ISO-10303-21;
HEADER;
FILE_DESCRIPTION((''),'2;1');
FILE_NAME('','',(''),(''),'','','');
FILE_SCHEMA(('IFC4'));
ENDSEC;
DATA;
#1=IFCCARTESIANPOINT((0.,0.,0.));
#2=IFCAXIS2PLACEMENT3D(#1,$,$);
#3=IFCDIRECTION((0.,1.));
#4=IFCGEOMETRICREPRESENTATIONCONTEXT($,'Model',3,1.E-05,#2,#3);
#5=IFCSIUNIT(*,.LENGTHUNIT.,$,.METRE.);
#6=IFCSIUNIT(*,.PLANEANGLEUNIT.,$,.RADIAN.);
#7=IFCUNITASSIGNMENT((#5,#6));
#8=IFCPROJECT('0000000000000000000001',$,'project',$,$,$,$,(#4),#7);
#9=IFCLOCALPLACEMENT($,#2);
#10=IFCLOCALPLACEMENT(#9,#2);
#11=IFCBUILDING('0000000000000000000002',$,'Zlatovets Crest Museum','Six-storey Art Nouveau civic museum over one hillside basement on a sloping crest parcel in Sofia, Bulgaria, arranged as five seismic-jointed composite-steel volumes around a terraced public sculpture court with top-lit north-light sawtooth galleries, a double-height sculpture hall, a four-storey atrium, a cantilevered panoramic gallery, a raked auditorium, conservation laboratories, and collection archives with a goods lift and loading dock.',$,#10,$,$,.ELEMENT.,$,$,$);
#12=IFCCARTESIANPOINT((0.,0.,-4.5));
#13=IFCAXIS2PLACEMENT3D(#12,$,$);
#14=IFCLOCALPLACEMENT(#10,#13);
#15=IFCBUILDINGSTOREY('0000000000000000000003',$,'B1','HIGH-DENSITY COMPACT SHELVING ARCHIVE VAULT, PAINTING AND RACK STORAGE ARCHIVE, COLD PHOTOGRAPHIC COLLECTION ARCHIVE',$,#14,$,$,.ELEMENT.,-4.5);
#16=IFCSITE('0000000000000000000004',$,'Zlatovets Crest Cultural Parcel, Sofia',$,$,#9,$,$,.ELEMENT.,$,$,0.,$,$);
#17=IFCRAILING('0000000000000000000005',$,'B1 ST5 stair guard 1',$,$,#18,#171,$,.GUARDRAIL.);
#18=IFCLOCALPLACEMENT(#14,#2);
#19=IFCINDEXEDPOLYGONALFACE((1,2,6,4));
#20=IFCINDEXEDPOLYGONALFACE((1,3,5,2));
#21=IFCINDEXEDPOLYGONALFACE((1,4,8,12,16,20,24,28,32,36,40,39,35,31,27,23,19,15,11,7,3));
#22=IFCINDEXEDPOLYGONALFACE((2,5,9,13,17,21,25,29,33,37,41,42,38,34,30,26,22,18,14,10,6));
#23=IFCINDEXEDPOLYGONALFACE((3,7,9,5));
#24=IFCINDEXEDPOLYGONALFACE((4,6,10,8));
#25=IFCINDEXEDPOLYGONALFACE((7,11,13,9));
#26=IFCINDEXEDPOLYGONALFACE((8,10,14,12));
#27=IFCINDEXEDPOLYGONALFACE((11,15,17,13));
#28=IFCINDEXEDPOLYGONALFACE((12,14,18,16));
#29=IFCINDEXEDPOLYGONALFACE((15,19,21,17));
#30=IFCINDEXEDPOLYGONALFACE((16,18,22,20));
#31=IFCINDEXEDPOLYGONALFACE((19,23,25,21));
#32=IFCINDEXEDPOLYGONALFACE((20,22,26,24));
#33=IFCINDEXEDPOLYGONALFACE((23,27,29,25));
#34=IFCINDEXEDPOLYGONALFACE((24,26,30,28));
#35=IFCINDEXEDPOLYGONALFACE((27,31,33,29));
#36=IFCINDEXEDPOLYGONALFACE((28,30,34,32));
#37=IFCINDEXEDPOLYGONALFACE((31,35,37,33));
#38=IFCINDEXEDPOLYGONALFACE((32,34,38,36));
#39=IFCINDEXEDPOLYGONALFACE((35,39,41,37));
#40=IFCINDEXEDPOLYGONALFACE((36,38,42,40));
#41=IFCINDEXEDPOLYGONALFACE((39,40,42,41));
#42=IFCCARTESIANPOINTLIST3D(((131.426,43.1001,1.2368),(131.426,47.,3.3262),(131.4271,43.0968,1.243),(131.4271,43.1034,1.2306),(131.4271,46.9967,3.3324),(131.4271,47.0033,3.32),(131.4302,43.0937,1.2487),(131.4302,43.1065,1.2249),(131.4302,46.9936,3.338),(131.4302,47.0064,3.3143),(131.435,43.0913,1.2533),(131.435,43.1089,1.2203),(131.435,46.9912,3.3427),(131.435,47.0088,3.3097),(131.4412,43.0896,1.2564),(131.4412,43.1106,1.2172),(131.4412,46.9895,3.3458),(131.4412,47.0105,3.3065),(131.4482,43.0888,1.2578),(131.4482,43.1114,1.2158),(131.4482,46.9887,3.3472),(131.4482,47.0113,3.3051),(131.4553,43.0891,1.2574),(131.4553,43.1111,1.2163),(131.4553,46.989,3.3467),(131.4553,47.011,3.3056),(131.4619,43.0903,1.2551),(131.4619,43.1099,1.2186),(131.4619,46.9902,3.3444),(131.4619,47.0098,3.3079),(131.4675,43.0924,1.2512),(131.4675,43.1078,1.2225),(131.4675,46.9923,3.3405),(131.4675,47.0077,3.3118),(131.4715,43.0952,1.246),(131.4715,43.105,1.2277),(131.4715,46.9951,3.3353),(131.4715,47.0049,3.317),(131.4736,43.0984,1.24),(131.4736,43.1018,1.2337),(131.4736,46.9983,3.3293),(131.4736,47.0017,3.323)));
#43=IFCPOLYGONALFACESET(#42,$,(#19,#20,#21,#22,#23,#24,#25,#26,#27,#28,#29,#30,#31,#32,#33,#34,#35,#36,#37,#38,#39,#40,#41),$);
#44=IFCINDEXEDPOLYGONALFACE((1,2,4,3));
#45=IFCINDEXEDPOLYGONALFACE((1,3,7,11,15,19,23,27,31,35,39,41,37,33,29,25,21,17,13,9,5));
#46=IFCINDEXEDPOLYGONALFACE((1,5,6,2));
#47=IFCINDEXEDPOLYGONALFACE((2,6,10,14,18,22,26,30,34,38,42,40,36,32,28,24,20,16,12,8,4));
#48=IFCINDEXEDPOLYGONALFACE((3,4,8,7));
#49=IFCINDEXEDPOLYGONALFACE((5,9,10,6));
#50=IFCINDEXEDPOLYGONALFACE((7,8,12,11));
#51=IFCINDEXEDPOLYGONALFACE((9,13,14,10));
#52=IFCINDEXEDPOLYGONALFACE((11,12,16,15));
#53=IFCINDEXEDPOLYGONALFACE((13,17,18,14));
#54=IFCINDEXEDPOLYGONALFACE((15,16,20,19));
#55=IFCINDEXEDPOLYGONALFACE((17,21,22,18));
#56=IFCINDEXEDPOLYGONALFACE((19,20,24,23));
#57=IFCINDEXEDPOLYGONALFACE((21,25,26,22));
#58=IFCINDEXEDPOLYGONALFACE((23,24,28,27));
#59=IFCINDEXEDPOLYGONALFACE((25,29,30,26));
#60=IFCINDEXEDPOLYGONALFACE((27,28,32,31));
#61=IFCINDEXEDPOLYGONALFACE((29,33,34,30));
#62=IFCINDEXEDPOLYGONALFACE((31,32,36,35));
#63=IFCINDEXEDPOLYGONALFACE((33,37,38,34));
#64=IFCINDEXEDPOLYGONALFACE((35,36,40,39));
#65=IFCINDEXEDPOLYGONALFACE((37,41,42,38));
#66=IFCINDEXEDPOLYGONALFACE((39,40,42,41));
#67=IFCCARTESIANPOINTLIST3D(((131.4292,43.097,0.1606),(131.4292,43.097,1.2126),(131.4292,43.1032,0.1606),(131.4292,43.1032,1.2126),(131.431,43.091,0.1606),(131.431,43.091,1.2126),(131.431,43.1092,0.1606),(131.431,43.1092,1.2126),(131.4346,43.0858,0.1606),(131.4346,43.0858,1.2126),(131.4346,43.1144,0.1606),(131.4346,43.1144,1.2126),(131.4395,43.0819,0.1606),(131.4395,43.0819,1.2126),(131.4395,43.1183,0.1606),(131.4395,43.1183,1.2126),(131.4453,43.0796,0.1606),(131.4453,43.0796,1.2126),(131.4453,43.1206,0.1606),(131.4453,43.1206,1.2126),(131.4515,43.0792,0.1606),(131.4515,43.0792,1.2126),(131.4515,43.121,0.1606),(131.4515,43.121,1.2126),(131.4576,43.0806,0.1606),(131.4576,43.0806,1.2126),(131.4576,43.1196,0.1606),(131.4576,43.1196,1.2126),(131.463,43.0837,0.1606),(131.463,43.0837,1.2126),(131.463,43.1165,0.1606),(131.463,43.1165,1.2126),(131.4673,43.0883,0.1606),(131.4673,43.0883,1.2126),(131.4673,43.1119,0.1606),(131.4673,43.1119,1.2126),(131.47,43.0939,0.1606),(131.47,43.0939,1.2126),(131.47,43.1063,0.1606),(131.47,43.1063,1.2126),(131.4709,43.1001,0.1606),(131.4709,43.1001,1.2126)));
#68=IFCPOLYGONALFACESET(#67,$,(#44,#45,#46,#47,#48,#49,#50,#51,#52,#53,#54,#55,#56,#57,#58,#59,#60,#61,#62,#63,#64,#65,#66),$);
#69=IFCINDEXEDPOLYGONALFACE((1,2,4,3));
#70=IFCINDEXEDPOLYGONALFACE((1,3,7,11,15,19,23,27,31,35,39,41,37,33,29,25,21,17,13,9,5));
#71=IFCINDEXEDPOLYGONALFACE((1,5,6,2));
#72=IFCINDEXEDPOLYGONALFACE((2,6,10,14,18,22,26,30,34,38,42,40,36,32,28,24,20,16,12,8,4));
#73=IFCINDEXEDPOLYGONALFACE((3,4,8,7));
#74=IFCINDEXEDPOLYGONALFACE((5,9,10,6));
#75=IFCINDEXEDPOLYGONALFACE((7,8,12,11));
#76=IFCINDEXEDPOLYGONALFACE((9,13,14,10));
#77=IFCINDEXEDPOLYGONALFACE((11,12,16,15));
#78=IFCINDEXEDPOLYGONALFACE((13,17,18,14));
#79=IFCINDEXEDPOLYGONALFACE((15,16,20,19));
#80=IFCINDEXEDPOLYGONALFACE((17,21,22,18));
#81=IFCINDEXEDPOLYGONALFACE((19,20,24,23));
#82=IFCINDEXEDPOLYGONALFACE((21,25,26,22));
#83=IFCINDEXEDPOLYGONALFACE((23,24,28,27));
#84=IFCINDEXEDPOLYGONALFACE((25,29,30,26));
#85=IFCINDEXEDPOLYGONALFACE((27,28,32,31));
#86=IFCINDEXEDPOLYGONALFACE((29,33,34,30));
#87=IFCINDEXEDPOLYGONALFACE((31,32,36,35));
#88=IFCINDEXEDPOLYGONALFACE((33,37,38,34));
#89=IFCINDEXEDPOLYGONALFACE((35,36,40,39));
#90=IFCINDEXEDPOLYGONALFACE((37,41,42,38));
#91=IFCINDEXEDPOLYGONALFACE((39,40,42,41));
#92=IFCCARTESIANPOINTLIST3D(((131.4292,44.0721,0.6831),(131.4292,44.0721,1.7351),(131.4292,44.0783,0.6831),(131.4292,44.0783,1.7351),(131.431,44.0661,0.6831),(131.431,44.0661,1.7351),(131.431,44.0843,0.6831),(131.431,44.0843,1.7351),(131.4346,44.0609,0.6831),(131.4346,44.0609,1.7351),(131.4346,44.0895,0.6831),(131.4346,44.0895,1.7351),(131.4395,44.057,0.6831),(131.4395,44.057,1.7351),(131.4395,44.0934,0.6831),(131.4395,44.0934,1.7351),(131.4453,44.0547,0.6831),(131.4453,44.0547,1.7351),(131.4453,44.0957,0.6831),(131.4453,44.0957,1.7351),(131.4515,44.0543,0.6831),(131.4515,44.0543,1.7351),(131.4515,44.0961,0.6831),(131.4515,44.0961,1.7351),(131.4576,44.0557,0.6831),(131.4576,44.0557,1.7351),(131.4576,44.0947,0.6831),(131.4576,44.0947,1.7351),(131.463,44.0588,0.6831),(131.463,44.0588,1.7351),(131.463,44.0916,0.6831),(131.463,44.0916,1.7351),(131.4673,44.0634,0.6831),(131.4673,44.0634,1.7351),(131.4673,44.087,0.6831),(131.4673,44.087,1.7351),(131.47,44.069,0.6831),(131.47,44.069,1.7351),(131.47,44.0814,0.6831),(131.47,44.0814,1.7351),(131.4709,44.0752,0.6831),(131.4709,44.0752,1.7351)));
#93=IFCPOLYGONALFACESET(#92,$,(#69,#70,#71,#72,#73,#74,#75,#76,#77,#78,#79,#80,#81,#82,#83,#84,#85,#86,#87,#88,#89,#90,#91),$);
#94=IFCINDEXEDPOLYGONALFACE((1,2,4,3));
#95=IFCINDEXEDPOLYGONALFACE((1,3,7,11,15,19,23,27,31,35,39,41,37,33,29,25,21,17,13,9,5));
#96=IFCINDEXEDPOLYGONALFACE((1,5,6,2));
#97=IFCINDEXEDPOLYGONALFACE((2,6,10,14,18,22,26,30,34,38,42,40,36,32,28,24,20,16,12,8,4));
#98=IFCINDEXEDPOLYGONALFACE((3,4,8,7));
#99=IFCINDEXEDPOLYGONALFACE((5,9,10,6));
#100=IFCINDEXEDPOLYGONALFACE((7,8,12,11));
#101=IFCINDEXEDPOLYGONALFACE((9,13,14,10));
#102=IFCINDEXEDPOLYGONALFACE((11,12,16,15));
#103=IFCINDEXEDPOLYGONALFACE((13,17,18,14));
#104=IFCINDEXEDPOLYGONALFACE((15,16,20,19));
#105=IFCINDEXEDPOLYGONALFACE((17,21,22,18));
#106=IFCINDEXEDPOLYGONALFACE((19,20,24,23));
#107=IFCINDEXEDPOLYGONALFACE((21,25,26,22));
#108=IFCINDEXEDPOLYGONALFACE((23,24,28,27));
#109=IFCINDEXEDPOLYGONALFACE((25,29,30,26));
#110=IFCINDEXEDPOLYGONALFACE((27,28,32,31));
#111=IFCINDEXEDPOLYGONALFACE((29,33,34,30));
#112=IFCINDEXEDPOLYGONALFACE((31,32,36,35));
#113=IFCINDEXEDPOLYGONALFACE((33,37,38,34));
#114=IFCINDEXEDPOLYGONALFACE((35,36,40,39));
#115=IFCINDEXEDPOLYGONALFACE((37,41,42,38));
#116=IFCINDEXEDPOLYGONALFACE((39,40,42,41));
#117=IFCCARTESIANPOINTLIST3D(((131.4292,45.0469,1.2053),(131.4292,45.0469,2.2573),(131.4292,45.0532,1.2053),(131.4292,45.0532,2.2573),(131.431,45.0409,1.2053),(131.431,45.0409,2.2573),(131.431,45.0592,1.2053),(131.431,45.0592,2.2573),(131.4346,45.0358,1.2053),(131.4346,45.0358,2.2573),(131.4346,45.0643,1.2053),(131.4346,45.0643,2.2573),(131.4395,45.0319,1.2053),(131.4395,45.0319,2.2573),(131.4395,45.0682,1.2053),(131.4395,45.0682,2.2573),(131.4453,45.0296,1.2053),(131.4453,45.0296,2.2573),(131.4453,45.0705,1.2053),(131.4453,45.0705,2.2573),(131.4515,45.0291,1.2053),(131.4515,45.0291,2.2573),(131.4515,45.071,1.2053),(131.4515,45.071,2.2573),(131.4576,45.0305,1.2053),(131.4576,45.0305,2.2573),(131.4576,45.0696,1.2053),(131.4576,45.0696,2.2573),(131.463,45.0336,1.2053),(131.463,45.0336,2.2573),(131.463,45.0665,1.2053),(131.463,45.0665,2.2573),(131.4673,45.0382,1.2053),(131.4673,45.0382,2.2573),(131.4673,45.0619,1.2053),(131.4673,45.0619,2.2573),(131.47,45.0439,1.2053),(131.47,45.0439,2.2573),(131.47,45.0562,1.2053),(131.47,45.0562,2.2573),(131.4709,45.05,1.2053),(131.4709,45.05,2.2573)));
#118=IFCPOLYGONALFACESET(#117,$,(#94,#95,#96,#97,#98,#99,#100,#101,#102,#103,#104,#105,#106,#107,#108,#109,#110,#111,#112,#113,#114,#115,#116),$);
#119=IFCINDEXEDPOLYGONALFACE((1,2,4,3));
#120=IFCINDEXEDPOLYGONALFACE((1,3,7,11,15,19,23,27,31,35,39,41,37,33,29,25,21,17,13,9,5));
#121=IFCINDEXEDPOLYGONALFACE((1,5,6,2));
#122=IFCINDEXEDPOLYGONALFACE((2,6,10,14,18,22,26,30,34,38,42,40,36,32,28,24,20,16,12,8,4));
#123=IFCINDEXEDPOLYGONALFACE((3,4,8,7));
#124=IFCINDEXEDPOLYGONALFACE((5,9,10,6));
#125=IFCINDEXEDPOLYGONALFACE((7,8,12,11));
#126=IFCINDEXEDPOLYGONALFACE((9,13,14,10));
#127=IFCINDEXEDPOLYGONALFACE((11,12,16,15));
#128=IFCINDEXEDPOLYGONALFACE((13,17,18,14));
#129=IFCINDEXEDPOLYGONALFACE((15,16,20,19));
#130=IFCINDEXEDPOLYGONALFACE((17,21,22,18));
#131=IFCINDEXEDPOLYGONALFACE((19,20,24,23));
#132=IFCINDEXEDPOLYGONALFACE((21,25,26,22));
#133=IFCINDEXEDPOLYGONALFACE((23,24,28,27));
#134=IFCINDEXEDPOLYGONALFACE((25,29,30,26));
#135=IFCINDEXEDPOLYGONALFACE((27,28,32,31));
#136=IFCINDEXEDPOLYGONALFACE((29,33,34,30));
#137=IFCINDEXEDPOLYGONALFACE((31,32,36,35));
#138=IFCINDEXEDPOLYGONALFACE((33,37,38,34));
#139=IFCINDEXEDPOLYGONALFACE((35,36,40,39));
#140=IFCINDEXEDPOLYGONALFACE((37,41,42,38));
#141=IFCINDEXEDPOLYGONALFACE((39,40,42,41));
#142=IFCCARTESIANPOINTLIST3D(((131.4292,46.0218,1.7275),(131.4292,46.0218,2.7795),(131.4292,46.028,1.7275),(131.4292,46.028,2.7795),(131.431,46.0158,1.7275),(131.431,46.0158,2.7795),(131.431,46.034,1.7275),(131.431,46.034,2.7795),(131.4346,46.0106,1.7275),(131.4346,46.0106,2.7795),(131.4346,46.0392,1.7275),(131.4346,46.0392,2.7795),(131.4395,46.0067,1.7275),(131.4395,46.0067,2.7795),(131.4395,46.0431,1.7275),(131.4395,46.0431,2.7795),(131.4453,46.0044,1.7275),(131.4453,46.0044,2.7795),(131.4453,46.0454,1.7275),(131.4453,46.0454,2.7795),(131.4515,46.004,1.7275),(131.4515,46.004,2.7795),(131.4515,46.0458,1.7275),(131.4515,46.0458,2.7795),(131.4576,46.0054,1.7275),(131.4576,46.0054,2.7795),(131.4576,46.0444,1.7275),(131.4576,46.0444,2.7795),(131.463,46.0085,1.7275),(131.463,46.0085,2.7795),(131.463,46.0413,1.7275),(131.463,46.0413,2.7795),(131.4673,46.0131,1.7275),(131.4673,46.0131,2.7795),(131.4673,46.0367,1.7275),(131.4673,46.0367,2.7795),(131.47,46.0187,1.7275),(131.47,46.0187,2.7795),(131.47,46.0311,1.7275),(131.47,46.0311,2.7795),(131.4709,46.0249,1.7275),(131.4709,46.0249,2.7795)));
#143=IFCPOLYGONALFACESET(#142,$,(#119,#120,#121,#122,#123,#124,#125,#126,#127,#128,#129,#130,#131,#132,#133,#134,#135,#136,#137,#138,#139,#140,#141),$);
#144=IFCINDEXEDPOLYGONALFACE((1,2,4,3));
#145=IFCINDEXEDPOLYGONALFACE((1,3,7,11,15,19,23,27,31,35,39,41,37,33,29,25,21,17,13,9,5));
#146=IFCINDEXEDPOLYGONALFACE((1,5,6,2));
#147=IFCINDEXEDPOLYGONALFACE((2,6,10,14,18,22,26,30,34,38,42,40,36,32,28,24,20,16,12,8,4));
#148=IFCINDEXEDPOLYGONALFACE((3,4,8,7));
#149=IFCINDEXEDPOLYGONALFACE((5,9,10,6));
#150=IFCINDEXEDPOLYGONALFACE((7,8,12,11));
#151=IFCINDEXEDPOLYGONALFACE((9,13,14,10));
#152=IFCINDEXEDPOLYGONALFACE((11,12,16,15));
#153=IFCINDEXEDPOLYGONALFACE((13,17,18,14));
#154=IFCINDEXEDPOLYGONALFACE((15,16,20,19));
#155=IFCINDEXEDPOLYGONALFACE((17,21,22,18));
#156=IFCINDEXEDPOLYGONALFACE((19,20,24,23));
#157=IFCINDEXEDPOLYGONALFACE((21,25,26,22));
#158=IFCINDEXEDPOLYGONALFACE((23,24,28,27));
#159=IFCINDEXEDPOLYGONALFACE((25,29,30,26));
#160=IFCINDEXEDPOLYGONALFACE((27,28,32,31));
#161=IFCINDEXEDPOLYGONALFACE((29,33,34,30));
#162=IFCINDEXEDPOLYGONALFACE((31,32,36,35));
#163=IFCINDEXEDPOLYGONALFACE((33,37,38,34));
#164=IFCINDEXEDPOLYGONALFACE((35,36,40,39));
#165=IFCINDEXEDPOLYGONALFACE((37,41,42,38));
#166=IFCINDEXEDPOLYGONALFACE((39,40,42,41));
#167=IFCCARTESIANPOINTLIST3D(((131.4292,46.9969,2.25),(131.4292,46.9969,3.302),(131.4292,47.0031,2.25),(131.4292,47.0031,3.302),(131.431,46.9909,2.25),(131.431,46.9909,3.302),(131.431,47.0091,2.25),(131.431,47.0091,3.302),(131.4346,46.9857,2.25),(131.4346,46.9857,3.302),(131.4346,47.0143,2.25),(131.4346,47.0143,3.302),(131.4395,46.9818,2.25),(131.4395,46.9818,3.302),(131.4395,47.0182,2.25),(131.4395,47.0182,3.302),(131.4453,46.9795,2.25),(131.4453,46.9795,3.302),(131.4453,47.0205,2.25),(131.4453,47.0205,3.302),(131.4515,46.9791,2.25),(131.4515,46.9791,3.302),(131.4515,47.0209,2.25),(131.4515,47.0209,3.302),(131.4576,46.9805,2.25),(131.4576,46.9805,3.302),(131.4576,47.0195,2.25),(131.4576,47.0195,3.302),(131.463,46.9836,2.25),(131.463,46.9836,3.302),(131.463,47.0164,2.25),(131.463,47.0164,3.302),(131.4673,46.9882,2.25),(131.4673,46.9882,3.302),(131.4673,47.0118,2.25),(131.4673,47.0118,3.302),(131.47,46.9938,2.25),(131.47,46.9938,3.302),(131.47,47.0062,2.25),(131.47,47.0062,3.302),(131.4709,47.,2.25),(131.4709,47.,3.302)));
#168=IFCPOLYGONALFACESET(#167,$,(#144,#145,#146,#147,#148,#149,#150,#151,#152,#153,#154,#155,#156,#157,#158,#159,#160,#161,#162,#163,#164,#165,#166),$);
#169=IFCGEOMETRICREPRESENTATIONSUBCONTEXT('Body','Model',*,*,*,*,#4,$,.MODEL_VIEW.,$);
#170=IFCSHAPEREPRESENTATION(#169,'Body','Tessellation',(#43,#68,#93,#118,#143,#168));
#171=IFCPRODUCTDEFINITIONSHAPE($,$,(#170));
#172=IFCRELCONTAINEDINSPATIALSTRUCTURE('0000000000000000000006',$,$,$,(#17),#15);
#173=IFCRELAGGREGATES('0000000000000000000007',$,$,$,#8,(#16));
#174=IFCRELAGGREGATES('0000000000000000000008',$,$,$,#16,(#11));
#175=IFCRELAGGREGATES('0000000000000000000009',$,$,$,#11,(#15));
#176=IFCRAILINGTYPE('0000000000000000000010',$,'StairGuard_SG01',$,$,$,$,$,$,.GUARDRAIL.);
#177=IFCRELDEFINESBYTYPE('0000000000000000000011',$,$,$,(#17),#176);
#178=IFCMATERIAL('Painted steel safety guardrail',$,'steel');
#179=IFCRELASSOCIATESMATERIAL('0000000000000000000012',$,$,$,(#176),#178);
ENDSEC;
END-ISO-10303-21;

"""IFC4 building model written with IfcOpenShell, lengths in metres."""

from ifc_helpers import new_model, si_unit, direction, frame, origin, origin_2d, place, context, subcontext, project, spatial, circle, extrude, material, type_object, element, save


model = new_model("IFC4")

# Units and contexts
model_context = context("Model", 3, precision=1e-05, world=origin(), true_north=direction((0.0, 1.0)))
body_context = subcontext(model_context, "Body", "Model", "MODEL_VIEW")
ifc_project = project(units=[si_unit("LENGTHUNIT", "METRE"), si_unit("PLANEANGLEUNIT", "RADIAN")], contexts=[model_context])

# Site, building, storey
site_placement = place(None, origin())
site = spatial("IfcSite", under=ifc_project, at=site_placement, Name="Zlatovets Crest Cultural Parcel, Sofia", CompositionType="ELEMENT", RefElevation=0.0)
building_placement = place(site_placement, origin())
building = spatial("IfcBuilding", under=site, at=building_placement, Name="Zlatovets Crest Museum", Description="Six-storey Art Nouveau civic museum over one hillside basement on a sloping crest parcel in Sofia, Bulgaria, arranged as five seismic-jointed composite-steel volumes around a terraced public sculpture court with top-lit north-light sawtooth galleries, a double-height sculpture hall, a four-storey atrium, a cantilevered panoramic gallery, a raked auditorium, conservation laboratories, and collection archives with a goods lift and loading dock.", CompositionType="ELEMENT")
storey_placement = place(building_placement, frame((0.0, 0.0, -4.5)))
storey = spatial("IfcBuildingStorey", under=building, at=storey_placement, Name="B1", Description="HIGH-DENSITY COMPACT SHELVING ARCHIVE VAULT, PAINTING AND RACK STORAGE ARCHIVE, COLD PHOTOGRAPHIC COLLECTION ARCHIVE", CompositionType="ELEMENT", Elevation=-4.5)

# Railing
ifc_material_1 = material(Name="Painted steel safety guardrail", Category="steel")
railing_type_1 = type_object("IfcRailingType", Name="StairGuard_SG01", PredefinedType="GUARDRAIL", material=ifc_material_1)
railing_1_placement = place(storey_placement, frame((131.45, 43.1001, 0.1606)))
element("IfcRailing", 1, at=railing_1_placement, inside=storey, type_object=railing_type_1, Name="B1 ST5 stair guard 1", PredefinedType="GUARDRAIL", context=body_context, shape_type="SweptSolid", body=[
    extrude(circle(Radius=0.0239, at=origin_2d()), frame((0.0, 0.0, 1.0762), z_axis=(0.0, 0.881468, 0.472243), x_axis=(-1.0, 0.0, 0.0)), (0.0, 0.0, 1.0), 4.4243),
    extrude(circle(Radius=0.021, at=origin_2d()), origin(), (0.0, 0.0, 1.0), 1.052),
    extrude(circle(Radius=0.021, at=origin_2d()), frame((0.0, 0.9751, 0.5225)), (0.0, 0.0, 1.0), 1.052),
    extrude(circle(Radius=0.021, at=origin_2d()), frame((0.0, 1.95, 1.0447)), (0.0, 0.0, 1.0), 1.052),
    extrude(circle(Radius=0.021, at=origin_2d()), frame((0.0, 2.9248, 1.5669)), (0.0, 0.0, 1.0), 1.052),
    extrude(circle(Radius=0.021, at=origin_2d()), frame((0.0, 3.8999, 2.0894)), (0.0, 0.0, 1.0), 1.052),
])

save(model, "model.ifc")
